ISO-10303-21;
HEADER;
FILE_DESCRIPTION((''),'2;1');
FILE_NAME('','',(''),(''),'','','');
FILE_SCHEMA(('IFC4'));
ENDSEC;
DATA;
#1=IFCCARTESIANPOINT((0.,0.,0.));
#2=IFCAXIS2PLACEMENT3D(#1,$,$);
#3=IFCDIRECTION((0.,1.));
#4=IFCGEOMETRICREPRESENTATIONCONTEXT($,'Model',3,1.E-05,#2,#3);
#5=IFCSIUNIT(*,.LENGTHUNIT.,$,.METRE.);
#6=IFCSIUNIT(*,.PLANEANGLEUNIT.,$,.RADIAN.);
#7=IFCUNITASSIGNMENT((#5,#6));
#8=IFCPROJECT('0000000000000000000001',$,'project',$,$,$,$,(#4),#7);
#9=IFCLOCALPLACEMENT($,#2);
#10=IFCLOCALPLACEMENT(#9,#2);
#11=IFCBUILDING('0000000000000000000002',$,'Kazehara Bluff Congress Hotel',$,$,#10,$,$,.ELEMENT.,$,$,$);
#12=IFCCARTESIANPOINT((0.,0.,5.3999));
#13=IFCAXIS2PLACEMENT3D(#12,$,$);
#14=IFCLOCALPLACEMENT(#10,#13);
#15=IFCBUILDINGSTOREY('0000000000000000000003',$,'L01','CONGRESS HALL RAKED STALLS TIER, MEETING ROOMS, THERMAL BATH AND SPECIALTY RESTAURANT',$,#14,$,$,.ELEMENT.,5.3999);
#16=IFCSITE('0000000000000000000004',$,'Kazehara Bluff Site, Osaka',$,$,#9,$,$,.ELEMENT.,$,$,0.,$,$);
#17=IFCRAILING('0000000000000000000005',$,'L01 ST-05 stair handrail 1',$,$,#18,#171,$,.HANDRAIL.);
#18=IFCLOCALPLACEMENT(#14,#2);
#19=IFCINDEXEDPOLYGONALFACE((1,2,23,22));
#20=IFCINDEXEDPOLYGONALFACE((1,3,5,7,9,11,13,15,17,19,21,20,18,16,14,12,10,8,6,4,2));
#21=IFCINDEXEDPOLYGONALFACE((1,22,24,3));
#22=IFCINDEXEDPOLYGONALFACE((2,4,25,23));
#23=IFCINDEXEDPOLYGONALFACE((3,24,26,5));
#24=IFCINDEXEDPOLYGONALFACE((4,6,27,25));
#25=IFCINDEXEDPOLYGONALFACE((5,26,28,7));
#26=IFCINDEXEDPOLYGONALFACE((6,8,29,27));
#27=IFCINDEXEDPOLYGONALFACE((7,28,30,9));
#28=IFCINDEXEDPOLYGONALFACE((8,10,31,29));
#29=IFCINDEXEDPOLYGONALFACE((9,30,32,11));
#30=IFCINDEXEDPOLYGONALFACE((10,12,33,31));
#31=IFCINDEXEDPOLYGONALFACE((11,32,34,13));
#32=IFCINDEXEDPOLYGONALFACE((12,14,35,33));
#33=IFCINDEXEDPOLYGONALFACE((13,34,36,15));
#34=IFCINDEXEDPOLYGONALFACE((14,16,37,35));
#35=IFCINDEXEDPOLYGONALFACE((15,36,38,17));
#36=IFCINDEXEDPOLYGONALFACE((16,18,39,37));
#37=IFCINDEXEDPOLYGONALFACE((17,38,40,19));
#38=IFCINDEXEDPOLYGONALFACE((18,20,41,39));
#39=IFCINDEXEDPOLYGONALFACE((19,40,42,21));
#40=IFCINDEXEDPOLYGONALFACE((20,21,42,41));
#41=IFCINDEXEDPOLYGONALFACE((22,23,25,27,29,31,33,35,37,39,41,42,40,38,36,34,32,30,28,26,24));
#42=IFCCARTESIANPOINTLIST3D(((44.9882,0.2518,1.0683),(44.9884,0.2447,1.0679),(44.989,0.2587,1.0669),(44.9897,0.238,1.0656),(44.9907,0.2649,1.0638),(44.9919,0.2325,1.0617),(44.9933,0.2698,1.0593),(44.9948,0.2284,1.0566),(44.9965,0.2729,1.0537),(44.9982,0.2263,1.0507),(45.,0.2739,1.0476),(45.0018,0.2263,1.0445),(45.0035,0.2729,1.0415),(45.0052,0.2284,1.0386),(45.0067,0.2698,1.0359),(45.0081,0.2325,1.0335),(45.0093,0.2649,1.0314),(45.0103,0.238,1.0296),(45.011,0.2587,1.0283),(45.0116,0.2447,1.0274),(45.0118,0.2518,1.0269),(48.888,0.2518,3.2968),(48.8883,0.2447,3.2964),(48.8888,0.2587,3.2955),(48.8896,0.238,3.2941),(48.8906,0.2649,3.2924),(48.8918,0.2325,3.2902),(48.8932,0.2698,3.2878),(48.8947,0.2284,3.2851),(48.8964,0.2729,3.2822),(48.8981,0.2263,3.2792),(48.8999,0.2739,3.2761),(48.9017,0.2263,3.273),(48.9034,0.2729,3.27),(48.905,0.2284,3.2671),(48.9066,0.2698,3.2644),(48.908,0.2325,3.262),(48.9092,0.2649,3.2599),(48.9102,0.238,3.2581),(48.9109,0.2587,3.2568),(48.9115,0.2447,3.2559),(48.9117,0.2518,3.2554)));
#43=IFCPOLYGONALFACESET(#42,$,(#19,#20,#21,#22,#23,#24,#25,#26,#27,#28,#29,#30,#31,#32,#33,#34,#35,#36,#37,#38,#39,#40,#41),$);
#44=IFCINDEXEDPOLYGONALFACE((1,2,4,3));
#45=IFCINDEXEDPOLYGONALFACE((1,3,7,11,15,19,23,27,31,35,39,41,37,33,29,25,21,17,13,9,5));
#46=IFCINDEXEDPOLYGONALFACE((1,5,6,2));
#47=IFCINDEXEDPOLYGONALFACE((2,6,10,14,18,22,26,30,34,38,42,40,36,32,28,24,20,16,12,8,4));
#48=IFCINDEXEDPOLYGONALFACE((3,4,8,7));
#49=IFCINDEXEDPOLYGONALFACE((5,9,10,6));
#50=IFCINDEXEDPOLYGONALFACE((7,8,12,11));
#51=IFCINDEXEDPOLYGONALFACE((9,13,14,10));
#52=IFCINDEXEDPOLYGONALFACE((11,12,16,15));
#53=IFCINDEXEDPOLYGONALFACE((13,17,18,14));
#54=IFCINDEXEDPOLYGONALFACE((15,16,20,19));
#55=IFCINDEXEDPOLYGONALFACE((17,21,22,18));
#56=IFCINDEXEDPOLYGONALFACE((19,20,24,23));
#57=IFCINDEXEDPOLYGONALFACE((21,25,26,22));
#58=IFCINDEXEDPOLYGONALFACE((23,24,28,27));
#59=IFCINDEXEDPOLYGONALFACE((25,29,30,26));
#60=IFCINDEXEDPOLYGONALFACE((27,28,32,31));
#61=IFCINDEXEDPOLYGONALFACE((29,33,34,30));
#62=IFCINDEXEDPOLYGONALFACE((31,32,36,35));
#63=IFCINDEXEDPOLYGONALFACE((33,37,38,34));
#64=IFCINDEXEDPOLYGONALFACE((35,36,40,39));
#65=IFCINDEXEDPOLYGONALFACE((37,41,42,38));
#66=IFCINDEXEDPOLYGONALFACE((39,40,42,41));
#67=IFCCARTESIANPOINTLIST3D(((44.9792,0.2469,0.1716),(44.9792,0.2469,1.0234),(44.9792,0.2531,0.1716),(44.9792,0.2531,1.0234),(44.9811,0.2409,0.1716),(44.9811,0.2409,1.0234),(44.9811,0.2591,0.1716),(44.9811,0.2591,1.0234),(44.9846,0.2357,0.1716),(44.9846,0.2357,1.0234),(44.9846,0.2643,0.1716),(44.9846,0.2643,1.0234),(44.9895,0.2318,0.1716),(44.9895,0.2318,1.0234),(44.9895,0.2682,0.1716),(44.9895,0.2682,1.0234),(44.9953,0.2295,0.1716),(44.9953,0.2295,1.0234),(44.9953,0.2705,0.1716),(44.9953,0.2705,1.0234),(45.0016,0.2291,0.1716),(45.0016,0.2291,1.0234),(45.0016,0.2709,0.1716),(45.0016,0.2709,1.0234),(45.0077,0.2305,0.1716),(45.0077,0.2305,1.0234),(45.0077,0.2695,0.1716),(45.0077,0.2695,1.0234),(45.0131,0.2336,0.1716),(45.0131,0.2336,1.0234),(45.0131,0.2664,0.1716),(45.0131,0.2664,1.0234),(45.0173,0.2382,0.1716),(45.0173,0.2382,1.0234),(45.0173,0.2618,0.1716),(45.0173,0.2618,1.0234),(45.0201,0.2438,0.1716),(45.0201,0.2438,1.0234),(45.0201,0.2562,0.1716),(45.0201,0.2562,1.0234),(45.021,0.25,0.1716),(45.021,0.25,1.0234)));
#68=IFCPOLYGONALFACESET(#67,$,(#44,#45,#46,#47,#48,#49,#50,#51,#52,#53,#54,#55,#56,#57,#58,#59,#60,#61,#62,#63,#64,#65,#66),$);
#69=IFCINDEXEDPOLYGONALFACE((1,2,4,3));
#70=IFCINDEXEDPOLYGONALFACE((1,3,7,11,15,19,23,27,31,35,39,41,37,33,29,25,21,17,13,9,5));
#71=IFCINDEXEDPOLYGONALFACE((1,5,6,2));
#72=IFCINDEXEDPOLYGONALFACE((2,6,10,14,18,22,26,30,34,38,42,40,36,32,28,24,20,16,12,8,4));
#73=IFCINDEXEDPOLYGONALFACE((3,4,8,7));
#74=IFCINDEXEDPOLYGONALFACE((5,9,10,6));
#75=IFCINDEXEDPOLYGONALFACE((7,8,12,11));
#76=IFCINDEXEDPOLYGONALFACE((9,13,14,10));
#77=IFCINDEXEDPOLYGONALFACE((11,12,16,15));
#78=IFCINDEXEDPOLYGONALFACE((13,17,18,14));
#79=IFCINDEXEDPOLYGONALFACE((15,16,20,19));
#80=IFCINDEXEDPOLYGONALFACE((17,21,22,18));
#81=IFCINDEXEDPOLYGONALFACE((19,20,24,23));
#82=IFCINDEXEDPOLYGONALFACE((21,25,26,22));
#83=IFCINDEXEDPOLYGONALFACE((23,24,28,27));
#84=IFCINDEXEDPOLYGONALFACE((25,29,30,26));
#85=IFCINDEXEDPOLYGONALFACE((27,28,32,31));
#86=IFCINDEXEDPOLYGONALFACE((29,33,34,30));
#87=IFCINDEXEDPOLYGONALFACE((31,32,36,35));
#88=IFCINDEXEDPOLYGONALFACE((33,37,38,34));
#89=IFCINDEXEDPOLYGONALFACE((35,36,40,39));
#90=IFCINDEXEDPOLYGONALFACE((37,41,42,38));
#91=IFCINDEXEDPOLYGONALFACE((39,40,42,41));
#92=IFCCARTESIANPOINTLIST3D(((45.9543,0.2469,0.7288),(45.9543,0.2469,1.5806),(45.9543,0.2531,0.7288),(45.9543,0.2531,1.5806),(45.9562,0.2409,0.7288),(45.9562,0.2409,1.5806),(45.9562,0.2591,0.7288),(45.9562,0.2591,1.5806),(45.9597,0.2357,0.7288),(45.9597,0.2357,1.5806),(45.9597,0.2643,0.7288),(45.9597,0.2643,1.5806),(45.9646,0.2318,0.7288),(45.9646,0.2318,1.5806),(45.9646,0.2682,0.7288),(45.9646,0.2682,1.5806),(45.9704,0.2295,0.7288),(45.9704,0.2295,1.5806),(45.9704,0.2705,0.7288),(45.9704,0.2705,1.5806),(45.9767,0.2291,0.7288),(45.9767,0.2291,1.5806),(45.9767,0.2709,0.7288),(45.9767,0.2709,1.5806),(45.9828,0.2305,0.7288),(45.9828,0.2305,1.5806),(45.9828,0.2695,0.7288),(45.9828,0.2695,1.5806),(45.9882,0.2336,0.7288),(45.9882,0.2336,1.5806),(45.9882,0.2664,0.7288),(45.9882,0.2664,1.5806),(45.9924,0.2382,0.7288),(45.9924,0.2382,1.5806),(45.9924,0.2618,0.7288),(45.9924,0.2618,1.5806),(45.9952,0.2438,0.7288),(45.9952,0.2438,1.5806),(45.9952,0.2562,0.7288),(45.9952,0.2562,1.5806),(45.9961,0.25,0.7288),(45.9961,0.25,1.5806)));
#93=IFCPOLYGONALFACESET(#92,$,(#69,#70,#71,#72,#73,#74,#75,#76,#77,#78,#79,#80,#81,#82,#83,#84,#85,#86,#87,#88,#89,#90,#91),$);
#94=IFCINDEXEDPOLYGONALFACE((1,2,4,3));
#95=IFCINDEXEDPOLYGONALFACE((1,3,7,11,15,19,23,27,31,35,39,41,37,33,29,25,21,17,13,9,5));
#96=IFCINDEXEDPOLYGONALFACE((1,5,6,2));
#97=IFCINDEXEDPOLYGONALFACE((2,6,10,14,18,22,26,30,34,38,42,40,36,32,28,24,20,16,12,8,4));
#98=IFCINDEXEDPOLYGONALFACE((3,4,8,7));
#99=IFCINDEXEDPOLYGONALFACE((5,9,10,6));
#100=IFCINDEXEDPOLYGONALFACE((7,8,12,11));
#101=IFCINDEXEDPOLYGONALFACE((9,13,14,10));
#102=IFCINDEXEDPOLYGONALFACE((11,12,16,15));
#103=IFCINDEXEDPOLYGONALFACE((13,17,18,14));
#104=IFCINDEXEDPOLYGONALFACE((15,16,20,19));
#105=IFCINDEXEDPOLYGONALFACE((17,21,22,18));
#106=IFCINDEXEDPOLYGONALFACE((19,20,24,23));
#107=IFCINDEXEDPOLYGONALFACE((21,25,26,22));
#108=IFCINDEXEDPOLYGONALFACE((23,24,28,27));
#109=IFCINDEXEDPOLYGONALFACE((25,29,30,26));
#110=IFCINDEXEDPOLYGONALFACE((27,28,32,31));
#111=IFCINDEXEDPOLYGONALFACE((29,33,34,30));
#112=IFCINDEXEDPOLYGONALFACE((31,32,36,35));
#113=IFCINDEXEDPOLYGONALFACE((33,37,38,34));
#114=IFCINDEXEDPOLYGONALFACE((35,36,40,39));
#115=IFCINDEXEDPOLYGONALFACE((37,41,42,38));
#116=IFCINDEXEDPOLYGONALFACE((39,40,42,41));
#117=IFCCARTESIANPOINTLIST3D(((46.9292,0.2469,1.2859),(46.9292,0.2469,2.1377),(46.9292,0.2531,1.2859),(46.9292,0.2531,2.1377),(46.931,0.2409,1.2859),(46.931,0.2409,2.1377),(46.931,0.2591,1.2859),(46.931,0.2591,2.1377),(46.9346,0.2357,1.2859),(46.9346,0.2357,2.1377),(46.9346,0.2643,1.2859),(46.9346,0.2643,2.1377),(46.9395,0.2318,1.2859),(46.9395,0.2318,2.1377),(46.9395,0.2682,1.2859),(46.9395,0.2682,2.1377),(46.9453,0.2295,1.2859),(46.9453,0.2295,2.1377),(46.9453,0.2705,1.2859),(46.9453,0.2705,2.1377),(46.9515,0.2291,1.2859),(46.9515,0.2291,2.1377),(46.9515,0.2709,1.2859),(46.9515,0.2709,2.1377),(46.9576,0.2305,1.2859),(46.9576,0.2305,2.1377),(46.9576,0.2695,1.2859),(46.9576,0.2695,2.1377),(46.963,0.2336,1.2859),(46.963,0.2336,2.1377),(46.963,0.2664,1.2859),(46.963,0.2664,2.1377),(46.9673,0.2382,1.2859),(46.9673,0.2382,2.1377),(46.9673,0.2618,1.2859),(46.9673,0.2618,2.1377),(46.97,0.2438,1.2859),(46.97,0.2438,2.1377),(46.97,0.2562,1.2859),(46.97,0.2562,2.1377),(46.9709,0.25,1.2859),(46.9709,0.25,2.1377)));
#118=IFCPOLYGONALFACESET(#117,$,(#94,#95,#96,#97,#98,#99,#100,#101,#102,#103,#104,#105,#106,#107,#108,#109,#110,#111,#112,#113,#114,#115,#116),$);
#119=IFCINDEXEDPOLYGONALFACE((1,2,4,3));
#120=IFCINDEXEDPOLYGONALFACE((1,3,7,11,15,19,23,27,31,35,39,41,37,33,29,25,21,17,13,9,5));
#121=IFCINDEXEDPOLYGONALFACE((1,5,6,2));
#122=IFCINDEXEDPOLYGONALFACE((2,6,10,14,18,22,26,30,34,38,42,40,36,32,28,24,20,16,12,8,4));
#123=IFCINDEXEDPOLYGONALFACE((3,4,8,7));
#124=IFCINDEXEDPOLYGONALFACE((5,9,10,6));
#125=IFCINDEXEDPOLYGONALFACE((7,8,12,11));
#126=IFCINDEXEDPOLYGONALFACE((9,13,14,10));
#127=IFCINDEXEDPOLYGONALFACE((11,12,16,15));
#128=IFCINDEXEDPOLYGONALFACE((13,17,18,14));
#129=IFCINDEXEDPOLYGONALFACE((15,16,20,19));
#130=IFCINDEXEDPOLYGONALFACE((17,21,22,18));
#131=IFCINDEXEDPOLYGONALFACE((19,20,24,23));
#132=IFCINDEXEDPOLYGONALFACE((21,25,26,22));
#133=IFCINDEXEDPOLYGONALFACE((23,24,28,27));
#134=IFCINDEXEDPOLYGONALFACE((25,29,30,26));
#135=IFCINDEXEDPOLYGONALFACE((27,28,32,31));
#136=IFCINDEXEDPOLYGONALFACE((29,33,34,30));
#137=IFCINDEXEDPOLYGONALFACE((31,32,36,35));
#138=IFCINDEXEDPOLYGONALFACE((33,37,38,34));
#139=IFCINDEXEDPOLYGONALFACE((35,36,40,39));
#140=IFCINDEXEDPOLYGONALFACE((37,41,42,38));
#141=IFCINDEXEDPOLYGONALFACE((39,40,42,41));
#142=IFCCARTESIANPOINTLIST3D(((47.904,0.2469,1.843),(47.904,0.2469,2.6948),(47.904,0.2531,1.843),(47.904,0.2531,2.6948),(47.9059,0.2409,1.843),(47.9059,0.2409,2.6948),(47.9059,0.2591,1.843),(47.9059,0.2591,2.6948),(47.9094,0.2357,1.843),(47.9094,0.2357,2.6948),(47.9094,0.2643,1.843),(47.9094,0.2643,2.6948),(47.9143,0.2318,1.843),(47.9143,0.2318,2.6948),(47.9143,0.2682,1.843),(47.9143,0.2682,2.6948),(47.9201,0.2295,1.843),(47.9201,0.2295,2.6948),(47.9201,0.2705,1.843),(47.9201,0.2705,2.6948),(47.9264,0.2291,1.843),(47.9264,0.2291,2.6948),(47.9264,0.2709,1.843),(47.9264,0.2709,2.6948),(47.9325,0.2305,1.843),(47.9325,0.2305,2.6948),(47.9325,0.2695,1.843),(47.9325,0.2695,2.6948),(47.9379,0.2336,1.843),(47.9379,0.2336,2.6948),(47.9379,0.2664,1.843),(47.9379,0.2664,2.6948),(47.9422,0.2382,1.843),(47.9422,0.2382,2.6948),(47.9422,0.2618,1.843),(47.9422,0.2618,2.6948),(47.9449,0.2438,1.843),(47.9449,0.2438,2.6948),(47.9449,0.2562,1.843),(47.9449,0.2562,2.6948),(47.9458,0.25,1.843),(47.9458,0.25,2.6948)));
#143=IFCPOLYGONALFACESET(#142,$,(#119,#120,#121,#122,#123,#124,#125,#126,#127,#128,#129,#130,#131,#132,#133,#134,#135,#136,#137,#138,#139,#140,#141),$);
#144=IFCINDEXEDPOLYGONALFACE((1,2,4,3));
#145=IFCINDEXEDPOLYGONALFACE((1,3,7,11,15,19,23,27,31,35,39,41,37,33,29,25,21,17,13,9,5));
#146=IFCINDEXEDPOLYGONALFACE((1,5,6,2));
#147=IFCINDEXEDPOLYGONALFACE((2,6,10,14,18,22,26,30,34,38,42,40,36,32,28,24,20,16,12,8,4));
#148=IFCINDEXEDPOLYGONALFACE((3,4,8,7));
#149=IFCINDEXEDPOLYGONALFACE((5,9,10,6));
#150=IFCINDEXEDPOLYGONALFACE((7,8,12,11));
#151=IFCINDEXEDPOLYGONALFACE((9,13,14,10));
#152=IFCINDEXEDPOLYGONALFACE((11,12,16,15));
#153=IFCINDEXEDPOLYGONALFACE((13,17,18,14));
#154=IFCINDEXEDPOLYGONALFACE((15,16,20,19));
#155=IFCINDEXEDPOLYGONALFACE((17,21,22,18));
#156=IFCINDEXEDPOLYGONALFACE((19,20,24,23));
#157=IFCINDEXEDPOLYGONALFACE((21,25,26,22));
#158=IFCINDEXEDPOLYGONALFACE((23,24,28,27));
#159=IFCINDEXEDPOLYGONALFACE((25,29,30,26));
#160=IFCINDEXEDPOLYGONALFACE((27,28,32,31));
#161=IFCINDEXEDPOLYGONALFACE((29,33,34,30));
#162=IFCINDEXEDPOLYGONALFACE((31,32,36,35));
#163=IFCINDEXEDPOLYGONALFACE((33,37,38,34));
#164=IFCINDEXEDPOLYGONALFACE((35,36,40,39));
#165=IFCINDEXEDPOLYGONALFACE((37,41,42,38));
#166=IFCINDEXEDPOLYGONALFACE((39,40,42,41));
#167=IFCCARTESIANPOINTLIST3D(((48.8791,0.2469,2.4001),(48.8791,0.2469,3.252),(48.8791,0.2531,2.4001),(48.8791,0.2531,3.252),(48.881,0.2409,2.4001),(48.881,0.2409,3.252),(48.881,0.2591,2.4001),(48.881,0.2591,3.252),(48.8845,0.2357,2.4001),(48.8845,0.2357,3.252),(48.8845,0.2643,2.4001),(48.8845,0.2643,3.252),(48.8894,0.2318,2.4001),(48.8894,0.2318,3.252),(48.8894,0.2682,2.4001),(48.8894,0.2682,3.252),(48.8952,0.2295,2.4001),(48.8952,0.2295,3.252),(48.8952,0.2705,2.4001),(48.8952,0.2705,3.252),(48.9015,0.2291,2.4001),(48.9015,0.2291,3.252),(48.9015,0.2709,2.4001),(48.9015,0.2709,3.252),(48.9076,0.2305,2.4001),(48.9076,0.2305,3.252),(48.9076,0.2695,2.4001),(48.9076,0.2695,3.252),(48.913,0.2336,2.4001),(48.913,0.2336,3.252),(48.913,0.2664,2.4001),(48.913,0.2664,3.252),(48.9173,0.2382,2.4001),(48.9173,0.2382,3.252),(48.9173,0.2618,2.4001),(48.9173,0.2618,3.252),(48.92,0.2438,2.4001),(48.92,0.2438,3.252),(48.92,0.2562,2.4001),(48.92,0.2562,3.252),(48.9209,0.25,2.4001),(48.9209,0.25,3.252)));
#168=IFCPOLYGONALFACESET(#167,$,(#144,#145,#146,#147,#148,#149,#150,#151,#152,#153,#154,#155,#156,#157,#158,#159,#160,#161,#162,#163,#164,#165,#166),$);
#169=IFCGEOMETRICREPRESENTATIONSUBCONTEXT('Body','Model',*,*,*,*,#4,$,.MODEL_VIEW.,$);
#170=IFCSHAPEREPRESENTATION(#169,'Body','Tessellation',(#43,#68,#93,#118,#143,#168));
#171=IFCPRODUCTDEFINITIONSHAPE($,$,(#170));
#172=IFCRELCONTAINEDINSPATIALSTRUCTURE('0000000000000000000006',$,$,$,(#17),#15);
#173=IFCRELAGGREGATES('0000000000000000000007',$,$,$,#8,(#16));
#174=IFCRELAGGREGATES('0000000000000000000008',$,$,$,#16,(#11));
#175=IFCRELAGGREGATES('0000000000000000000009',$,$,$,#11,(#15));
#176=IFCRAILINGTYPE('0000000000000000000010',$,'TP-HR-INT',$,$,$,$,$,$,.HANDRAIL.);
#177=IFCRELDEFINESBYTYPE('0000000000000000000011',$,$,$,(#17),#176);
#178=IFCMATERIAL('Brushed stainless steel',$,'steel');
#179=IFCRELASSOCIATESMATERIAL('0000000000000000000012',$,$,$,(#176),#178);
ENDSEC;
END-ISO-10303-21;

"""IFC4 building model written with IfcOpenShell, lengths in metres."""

from ifc_helpers import new_model, si_unit, direction, frame, origin, origin_2d, place, context, subcontext, project, spatial, circle, extrude, material, type_object, element, save


model = new_model("IFC4")

# Units and contexts
model_context = context("Model", 3, precision=1e-05, world=origin(), true_north=direction((0.0, 1.0)))
body_context = subcontext(model_context, "Body", "Model", "MODEL_VIEW")
ifc_project = project(units=[si_unit("LENGTHUNIT", "METRE"), si_unit("PLANEANGLEUNIT", "RADIAN")], contexts=[model_context])

# Site, building, storey
site_placement = place(None, origin())
site = spatial("IfcSite", under=ifc_project, at=site_placement, Name="Kazehara Bluff Site, Osaka", CompositionType="ELEMENT", RefElevation=0.0)
building_placement = place(site_placement, origin())
building = spatial("IfcBuilding", under=site, at=building_placement, Name="Kazehara Bluff Congress Hotel", CompositionType="ELEMENT")
storey_placement = place(building_placement, frame((0.0, 0.0, 5.3999)))
storey = spatial("IfcBuildingStorey", under=building, at=storey_placement, Name="L01", Description="CONGRESS HALL RAKED STALLS TIER, MEETING ROOMS, THERMAL BATH AND SPECIALTY RESTAURANT", CompositionType="ELEMENT", Elevation=5.3999)

# Railing
ifc_material_1 = material(Name="Brushed stainless steel", Category="steel")
railing_type_1 = type_object("IfcRailingType", Name="TP-HR-INT", PredefinedType="HANDRAIL", material=ifc_material_1)
railing_1_placement = place(storey_placement, frame((45.0, 0.25, 0.1716)))
element("IfcRailing", 1, at=railing_1_placement, inside=storey, type_object=railing_type_1, Name="L01 ST-05 stair handrail 1", PredefinedType="HANDRAIL", context=body_context, shape_type="SweptSolid", body=[
    extrude(circle(Radius=0.0239, at=origin_2d()), frame((0.0, 0.0, 0.876), z_axis=(0.868243, 0.0, 0.496139), x_axis=(0.0, 1.0, 0.0)), (0.0, 0.0, 1.0), 4.4917),
    extrude(circle(Radius=0.021, at=origin_2d()), origin(), (0.0, 0.0, 1.0), 0.8518),
    extrude(circle(Radius=0.021, at=origin_2d()), frame((0.9751, 0.0, 0.5571)), (0.0, 0.0, 1.0), 0.8518),
    extrude(circle(Radius=0.021, at=origin_2d()), frame((1.95, 0.0, 1.1143)), (0.0, 0.0, 1.0), 0.8518),
    extrude(circle(Radius=0.021, at=origin_2d()), frame((2.9248, 0.0, 1.6714)), (0.0, 0.0, 1.0), 0.8518),
    extrude(circle(Radius=0.021, at=origin_2d()), frame((3.8999, 0.0, 2.2285)), (0.0, 0.0, 1.0), 0.8518),
])

save(model, "model.ifc")
